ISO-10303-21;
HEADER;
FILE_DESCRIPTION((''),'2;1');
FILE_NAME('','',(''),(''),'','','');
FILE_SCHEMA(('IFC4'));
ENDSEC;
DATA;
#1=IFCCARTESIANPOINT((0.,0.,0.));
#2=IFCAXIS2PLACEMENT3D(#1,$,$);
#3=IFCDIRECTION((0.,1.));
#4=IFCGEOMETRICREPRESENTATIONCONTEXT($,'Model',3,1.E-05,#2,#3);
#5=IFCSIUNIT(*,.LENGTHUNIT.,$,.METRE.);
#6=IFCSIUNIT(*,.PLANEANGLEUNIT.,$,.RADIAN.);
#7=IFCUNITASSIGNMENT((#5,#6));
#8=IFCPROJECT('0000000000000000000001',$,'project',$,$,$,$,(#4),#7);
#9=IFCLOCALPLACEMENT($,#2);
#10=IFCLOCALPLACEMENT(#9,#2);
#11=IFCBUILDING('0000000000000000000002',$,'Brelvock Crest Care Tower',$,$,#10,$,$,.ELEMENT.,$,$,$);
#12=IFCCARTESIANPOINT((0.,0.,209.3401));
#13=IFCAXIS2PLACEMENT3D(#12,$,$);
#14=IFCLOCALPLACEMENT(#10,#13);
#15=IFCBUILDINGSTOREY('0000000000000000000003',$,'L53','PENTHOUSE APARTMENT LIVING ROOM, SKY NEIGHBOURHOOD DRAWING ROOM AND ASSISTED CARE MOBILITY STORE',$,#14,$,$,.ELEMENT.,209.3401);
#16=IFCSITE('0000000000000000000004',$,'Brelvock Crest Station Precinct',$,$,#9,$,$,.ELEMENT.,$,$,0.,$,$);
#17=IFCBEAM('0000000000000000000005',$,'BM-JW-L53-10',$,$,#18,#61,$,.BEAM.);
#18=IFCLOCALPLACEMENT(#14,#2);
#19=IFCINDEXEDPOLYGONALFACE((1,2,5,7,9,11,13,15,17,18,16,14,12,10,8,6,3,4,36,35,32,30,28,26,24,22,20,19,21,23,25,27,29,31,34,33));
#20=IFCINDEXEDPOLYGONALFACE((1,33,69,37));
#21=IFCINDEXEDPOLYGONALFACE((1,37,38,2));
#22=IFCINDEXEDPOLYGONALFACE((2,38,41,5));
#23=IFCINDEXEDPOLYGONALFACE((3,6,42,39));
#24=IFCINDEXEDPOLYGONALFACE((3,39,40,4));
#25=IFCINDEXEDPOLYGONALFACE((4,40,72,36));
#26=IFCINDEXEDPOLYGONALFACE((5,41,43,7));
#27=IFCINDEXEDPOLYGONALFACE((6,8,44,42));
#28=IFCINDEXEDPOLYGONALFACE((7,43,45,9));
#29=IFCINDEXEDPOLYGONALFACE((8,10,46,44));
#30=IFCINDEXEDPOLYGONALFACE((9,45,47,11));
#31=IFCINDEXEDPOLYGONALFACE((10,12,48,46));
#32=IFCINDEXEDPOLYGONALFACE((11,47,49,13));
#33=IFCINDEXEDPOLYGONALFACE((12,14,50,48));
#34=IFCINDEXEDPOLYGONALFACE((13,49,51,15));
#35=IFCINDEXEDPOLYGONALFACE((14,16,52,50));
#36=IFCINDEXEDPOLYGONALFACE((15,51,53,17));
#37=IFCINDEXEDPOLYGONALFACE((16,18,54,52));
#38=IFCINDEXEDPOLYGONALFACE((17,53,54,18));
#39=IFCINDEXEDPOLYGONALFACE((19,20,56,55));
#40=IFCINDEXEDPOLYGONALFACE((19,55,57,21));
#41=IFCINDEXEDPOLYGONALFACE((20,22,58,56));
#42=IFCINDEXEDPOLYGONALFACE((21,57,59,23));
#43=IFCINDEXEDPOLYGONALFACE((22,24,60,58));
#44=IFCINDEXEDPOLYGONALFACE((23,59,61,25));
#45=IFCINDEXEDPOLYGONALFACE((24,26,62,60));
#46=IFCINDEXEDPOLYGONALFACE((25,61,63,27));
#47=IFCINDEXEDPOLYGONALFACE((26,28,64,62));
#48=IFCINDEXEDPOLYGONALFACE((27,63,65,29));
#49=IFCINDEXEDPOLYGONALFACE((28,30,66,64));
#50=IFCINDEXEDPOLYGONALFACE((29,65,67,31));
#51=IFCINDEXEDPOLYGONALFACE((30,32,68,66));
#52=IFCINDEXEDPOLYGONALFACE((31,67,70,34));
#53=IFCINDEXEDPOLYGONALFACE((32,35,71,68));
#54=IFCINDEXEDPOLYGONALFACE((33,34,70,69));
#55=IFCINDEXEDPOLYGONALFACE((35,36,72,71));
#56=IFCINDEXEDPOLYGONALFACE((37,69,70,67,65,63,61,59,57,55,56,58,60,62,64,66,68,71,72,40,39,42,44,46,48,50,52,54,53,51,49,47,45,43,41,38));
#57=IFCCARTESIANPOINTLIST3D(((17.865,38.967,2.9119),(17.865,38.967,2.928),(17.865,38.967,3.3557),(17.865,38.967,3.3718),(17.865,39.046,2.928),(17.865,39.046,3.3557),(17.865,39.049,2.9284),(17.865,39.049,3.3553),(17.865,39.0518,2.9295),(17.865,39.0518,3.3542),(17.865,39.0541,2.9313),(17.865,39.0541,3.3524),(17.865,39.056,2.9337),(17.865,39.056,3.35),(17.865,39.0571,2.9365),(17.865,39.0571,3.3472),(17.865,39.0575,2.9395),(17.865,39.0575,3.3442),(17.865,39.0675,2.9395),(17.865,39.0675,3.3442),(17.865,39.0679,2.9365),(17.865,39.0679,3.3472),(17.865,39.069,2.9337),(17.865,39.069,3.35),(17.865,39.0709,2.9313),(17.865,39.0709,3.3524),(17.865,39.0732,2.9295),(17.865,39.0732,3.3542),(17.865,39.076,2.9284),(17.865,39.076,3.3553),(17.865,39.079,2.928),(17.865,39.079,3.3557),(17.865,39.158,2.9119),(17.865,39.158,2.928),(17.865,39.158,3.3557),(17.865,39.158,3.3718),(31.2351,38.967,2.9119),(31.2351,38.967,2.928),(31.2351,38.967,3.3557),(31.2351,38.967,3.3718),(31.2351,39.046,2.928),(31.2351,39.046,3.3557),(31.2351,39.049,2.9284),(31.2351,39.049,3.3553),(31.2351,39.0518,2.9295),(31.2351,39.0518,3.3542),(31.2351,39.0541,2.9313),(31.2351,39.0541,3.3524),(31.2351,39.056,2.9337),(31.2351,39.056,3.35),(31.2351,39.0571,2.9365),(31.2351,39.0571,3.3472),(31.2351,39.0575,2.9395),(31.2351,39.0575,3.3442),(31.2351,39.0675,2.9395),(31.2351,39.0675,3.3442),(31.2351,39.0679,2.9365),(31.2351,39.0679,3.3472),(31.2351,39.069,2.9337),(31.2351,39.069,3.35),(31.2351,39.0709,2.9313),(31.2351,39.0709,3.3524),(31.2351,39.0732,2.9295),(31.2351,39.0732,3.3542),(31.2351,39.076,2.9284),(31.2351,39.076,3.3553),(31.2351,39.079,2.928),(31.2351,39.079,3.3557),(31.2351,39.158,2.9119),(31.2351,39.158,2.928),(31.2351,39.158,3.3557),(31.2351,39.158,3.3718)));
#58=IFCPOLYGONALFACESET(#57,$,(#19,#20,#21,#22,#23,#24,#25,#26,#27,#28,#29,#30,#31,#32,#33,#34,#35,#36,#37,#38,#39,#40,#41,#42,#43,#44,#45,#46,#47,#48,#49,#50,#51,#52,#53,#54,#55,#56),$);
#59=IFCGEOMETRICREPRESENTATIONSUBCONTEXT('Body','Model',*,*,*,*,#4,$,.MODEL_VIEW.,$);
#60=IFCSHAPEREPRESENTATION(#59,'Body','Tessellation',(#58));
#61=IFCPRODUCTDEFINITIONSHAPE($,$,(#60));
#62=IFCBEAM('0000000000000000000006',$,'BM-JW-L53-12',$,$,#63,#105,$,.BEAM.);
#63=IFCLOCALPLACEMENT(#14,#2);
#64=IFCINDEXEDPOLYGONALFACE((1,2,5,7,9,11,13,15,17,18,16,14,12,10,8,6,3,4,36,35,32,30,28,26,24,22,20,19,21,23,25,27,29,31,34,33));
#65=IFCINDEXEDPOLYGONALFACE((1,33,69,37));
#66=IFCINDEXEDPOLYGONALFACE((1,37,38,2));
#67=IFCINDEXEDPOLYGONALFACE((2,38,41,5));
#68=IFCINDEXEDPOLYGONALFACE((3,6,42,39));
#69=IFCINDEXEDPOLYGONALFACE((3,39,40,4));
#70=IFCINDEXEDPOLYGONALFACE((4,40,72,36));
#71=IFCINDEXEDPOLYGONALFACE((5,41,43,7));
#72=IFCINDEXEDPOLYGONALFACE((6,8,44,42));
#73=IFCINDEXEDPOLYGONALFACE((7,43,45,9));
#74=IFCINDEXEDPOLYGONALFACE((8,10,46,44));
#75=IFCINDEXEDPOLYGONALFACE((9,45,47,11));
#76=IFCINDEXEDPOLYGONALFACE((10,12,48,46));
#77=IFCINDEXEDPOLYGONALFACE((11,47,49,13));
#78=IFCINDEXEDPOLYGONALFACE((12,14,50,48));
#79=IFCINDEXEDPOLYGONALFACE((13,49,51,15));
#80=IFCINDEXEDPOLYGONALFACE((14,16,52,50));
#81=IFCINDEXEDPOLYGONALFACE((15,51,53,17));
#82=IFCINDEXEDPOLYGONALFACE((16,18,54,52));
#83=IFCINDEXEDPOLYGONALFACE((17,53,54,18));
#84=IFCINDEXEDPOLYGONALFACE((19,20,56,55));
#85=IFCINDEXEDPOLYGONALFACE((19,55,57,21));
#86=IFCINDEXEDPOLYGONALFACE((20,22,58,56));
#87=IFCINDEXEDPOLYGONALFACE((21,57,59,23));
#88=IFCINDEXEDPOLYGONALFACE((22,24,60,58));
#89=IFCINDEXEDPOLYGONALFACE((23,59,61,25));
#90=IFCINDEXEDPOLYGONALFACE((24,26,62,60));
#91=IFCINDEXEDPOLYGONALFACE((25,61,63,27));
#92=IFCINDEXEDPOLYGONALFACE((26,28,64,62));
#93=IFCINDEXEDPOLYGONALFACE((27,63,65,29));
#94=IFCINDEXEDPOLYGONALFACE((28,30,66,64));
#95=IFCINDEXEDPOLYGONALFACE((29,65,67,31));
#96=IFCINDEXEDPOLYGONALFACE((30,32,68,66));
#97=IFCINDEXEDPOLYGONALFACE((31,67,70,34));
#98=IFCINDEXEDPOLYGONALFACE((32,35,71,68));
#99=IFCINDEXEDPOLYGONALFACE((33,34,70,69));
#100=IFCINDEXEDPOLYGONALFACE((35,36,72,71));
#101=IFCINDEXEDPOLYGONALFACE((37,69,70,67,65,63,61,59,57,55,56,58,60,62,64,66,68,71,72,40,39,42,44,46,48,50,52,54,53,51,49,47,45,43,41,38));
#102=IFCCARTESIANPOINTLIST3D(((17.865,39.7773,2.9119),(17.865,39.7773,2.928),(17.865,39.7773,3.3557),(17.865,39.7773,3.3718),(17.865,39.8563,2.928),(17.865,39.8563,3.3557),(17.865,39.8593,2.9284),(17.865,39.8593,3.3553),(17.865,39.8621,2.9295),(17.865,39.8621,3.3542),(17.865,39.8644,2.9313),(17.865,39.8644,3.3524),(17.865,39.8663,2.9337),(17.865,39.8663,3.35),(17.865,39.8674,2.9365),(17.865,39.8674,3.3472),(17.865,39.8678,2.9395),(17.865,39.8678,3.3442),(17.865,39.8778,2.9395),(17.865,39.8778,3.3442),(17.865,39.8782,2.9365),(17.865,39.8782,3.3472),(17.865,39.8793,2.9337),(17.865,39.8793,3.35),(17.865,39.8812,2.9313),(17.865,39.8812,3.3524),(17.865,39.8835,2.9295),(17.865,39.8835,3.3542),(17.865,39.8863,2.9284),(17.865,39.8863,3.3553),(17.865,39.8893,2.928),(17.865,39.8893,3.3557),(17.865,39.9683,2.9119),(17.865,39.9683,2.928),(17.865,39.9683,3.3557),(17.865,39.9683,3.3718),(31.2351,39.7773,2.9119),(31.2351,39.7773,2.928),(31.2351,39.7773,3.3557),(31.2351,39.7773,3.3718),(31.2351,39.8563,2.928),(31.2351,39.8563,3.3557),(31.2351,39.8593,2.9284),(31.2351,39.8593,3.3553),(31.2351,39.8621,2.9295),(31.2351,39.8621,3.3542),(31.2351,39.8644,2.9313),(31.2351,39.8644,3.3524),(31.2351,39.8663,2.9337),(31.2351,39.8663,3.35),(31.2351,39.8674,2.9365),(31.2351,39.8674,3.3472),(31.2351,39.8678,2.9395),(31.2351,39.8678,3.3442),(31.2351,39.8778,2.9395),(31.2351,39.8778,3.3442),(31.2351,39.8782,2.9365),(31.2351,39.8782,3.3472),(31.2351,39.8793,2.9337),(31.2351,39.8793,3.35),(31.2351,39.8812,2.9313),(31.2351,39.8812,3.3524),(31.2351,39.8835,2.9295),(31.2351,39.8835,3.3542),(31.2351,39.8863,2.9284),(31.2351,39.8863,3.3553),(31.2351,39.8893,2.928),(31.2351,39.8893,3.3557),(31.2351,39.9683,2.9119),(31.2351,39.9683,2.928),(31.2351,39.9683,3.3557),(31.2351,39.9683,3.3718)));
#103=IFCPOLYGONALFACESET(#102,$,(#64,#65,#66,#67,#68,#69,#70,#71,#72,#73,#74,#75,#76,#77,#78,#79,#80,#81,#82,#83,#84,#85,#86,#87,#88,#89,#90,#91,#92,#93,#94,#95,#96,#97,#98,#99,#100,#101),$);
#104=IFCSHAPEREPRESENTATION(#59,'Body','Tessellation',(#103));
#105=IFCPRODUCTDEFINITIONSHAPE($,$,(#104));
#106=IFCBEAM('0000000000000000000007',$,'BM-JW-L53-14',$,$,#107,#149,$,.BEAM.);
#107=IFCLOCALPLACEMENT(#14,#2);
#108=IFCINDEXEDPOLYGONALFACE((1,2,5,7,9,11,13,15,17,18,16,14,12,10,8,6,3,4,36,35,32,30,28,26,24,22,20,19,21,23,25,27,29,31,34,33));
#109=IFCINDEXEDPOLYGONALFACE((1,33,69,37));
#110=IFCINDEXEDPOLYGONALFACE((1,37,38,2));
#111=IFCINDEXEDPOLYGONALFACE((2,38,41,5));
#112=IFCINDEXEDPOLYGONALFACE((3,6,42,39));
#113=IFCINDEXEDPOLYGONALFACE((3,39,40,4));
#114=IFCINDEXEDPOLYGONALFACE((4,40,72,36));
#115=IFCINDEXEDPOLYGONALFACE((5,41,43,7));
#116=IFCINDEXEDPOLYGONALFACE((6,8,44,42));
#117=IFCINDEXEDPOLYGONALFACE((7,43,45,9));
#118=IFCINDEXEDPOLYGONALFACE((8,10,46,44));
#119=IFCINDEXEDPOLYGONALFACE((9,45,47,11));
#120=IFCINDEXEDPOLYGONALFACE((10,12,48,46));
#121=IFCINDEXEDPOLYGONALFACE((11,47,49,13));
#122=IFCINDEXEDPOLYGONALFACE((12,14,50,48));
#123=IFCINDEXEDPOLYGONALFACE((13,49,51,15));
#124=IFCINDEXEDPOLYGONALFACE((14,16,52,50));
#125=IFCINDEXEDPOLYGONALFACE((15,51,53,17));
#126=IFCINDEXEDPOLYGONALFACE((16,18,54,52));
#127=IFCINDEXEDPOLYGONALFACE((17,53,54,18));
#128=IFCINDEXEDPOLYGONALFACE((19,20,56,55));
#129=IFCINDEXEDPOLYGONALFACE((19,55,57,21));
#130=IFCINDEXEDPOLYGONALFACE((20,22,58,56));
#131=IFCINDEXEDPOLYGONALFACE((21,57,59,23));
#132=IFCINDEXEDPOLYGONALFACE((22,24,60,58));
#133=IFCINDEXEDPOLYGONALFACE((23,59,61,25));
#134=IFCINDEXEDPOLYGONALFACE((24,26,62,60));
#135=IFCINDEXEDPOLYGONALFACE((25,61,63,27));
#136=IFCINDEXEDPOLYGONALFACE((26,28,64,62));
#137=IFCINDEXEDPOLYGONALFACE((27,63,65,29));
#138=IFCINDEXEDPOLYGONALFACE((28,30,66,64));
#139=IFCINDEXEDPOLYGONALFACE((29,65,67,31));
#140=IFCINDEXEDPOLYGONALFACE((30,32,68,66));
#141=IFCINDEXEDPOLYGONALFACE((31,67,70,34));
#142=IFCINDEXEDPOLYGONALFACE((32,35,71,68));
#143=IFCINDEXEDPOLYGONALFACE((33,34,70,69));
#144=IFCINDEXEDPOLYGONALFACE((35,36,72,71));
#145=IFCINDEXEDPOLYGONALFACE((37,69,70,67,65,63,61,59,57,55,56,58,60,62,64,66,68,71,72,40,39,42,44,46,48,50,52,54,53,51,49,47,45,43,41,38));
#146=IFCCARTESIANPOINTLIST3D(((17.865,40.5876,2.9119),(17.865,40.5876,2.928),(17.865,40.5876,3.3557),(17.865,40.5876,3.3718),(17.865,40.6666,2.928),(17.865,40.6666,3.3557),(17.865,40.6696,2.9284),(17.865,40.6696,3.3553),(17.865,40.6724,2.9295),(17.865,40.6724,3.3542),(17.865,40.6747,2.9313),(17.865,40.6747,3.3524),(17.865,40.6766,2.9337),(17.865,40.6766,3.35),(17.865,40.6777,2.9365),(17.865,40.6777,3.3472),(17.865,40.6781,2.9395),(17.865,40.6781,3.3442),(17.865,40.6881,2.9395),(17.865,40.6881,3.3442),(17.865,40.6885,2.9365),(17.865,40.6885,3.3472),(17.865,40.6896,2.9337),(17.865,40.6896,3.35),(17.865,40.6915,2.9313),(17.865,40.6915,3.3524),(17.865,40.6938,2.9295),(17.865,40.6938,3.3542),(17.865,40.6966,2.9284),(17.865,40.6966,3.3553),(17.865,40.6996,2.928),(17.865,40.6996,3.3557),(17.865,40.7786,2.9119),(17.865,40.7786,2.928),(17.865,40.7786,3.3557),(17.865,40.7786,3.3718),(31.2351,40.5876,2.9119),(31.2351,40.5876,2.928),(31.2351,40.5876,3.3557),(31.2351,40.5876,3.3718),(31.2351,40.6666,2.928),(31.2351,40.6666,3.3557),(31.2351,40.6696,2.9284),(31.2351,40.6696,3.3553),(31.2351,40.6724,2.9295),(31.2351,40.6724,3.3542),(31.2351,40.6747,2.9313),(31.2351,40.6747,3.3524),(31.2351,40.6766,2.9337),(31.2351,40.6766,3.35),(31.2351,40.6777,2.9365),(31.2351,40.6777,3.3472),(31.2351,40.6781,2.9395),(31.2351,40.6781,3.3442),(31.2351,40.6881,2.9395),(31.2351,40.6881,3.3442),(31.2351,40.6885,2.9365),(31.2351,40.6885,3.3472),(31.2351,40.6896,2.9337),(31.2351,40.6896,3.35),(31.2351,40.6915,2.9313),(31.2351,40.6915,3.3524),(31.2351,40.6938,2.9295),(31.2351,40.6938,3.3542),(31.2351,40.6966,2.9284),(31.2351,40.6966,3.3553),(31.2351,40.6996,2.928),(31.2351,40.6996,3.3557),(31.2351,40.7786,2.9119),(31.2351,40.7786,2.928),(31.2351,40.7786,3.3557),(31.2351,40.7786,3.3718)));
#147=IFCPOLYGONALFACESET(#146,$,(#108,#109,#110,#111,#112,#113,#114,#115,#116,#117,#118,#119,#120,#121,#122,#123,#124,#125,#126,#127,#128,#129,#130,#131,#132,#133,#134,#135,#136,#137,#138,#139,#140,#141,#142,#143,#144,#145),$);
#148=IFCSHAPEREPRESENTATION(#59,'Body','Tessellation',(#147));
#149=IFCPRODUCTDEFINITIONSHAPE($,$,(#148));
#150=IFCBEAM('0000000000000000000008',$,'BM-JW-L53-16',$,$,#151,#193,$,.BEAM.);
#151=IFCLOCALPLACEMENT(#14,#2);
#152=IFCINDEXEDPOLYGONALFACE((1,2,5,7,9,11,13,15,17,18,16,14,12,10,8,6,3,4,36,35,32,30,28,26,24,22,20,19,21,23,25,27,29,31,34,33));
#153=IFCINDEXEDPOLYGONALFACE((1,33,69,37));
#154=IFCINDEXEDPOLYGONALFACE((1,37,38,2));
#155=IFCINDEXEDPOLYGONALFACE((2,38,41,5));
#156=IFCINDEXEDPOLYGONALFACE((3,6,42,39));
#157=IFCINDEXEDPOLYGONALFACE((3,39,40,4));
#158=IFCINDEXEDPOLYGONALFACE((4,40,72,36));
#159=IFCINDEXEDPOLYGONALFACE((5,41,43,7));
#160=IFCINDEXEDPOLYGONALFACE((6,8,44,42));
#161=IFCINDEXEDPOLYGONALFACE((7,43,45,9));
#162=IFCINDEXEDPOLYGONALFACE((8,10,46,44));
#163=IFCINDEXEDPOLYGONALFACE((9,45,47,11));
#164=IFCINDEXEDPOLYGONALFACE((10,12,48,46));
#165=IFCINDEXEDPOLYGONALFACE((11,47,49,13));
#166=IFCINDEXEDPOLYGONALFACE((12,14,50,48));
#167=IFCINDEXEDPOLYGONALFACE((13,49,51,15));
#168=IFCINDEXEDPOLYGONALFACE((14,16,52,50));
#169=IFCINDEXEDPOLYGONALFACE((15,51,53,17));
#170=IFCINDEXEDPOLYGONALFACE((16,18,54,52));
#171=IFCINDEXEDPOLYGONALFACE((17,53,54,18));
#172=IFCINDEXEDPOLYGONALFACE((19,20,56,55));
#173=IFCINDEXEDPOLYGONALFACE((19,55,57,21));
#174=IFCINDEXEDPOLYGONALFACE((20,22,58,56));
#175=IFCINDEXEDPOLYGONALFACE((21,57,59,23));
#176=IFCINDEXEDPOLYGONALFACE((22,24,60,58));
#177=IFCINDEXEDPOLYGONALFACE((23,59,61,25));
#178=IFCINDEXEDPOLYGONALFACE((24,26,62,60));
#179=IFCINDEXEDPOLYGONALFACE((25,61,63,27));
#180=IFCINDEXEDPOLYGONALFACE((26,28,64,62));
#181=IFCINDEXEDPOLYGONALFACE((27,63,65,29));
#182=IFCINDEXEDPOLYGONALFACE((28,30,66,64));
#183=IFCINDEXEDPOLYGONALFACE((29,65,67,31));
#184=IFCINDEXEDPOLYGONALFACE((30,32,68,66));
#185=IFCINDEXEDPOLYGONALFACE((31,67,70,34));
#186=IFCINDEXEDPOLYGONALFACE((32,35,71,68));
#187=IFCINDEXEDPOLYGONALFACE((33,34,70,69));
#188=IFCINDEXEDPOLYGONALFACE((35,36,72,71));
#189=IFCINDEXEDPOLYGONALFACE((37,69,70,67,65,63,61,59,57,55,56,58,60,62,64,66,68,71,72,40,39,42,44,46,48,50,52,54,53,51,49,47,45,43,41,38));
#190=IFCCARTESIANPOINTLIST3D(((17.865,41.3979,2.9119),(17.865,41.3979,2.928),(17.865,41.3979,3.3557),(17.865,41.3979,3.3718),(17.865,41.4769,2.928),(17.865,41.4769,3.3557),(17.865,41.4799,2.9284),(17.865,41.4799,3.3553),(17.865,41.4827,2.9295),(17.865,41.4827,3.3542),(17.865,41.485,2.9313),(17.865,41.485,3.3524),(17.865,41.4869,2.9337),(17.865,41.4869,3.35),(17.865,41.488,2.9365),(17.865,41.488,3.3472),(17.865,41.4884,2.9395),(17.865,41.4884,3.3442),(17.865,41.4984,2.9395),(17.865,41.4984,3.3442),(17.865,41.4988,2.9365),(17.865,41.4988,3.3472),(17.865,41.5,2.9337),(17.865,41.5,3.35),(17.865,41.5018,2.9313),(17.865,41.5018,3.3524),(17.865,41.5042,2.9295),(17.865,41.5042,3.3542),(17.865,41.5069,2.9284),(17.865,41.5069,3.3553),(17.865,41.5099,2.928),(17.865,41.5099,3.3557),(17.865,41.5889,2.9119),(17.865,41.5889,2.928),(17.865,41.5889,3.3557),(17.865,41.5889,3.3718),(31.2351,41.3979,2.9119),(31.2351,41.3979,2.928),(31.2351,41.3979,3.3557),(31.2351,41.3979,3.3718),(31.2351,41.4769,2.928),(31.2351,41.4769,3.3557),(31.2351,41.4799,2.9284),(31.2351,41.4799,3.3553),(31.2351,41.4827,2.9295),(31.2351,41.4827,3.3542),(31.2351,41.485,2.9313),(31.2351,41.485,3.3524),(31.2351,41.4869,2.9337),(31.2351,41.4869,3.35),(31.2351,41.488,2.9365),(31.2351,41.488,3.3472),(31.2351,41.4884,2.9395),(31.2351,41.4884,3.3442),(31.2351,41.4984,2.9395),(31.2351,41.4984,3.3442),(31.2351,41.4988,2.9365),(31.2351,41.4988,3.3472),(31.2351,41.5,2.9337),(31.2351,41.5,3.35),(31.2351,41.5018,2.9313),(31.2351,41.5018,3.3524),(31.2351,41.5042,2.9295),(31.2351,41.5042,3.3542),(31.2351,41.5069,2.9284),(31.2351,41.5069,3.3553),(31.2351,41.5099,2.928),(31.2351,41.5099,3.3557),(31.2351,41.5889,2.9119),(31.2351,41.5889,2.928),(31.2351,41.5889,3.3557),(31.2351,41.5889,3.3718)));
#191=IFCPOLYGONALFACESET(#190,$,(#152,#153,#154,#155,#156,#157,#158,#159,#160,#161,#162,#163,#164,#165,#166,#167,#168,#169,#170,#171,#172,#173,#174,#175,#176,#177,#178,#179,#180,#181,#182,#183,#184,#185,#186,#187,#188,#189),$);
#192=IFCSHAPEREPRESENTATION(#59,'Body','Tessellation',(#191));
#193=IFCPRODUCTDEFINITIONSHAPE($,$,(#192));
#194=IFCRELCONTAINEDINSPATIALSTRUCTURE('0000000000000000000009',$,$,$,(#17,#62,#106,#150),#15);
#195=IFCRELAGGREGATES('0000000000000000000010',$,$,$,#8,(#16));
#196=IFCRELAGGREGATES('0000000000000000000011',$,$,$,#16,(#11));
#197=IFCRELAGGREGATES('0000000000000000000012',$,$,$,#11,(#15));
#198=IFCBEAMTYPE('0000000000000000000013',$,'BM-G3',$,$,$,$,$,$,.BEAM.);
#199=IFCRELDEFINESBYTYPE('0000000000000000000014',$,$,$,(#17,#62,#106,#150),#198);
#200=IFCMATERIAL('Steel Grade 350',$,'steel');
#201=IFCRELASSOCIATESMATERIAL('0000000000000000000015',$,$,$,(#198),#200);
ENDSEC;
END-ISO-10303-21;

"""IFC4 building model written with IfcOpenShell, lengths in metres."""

from ifc_helpers import new_model, si_unit, direction, frame, origin, origin_2d, place, context, subcontext, project, spatial, i_section, extrude, source, transform, mapped, material, material_profile, profile_set, type_object, element, save


model = new_model("IFC4")

# Units and contexts
model_context = context("Model", 3, precision=1e-05, world=origin(), true_north=direction((0.0, 1.0)))
body_context = subcontext(model_context, "Body", "Model", "MODEL_VIEW")
ifc_project = project(units=[si_unit("LENGTHUNIT", "METRE"), si_unit("PLANEANGLEUNIT", "RADIAN")], contexts=[model_context])

# Site, building, storey
site_placement = place(None, origin())
site = spatial("IfcSite", under=ifc_project, at=site_placement, Name="Brelvock Crest Station Precinct", CompositionType="ELEMENT", RefElevation=0.0)
building_placement = place(site_placement, origin())
building = spatial("IfcBuilding", under=site, at=building_placement, Name="Brelvock Crest Care Tower", CompositionType="ELEMENT")
storey_placement = place(building_placement, frame((0.0, 0.0, 209.3401)))
storey = spatial("IfcBuildingStorey", under=building, at=storey_placement, Name="L53", Description="PENTHOUSE APARTMENT LIVING ROOM, SKY NEIGHBOURHOOD DRAWING ROOM AND ASSISTED CARE MOBILITY STORE", CompositionType="ELEMENT", Elevation=209.3401)

# Shared definitions
ifc_material_1 = material(Name="Steel Grade 350", Category="steel")

# Beams
ifc_material_profile_1 = material_profile(ifc_material_1, i_section(OverallWidth=0.1909, OverallDepth=0.46, WebThickness=0.01, FlangeThickness=0.0161, FilletRadius=0.0115, at=origin_2d()), Name="460UB82.1")
ifc_profile_set_1 = profile_set([ifc_material_profile_1], Name="Steel Grade 350")
beam_type_1 = type_object("IfcBeamType", Name="BM-G3", PredefinedType="BEAM", material=ifc_profile_set_1)
shared_shape_1 = source(origin(), body_context, "Body", "SweptSolid", [
    extrude(i_section(OverallWidth=0.1909, OverallDepth=0.46, WebThickness=0.01, FlangeThickness=0.0161, FilletRadius=0.0115, at=origin_2d()), origin(), (0.0, 0.0, 1.0), 13.3701),
])
for number, where, z_axis, x_axis, name in (
    (1, (17.865, 39.0625, 3.1418), (1.0, 0.0, 0.0), (0.0, 1.0, 0.0), "BM-JW-L53-10"),
    (2, (17.865, 39.8728, 3.1418), (1.0, 0.0, 0.0), (0.0, 1.0, 0.0), "BM-JW-L53-12"),
    (3, (17.865, 40.6831, 3.1418), (1.0, 0.0, 0.0), (0.0, 1.0, 0.0), "BM-JW-L53-14"),
    (4, (17.865, 41.4934, 3.1418), (1.0, 0.0, 0.0), (0.0, 1.0, 0.0), "BM-JW-L53-16"),
):
    element("IfcBeam", number, at=place(storey_placement, frame(where, z_axis=z_axis, x_axis=x_axis)), inside=storey, type_object=beam_type_1, Name=name, PredefinedType="BEAM", context=body_context, shape_type="MappedRepresentation", body=[
        mapped(shared_shape_1, transform((0.0, 0.0, 0.0), x_axis=(1.0, 0.0, 0.0), y_axis=(0.0, 1.0, 0.0), z_axis=(0.0, 0.0, 1.0), scale=1.0)),
    ])

save(model, "model.ifc")
